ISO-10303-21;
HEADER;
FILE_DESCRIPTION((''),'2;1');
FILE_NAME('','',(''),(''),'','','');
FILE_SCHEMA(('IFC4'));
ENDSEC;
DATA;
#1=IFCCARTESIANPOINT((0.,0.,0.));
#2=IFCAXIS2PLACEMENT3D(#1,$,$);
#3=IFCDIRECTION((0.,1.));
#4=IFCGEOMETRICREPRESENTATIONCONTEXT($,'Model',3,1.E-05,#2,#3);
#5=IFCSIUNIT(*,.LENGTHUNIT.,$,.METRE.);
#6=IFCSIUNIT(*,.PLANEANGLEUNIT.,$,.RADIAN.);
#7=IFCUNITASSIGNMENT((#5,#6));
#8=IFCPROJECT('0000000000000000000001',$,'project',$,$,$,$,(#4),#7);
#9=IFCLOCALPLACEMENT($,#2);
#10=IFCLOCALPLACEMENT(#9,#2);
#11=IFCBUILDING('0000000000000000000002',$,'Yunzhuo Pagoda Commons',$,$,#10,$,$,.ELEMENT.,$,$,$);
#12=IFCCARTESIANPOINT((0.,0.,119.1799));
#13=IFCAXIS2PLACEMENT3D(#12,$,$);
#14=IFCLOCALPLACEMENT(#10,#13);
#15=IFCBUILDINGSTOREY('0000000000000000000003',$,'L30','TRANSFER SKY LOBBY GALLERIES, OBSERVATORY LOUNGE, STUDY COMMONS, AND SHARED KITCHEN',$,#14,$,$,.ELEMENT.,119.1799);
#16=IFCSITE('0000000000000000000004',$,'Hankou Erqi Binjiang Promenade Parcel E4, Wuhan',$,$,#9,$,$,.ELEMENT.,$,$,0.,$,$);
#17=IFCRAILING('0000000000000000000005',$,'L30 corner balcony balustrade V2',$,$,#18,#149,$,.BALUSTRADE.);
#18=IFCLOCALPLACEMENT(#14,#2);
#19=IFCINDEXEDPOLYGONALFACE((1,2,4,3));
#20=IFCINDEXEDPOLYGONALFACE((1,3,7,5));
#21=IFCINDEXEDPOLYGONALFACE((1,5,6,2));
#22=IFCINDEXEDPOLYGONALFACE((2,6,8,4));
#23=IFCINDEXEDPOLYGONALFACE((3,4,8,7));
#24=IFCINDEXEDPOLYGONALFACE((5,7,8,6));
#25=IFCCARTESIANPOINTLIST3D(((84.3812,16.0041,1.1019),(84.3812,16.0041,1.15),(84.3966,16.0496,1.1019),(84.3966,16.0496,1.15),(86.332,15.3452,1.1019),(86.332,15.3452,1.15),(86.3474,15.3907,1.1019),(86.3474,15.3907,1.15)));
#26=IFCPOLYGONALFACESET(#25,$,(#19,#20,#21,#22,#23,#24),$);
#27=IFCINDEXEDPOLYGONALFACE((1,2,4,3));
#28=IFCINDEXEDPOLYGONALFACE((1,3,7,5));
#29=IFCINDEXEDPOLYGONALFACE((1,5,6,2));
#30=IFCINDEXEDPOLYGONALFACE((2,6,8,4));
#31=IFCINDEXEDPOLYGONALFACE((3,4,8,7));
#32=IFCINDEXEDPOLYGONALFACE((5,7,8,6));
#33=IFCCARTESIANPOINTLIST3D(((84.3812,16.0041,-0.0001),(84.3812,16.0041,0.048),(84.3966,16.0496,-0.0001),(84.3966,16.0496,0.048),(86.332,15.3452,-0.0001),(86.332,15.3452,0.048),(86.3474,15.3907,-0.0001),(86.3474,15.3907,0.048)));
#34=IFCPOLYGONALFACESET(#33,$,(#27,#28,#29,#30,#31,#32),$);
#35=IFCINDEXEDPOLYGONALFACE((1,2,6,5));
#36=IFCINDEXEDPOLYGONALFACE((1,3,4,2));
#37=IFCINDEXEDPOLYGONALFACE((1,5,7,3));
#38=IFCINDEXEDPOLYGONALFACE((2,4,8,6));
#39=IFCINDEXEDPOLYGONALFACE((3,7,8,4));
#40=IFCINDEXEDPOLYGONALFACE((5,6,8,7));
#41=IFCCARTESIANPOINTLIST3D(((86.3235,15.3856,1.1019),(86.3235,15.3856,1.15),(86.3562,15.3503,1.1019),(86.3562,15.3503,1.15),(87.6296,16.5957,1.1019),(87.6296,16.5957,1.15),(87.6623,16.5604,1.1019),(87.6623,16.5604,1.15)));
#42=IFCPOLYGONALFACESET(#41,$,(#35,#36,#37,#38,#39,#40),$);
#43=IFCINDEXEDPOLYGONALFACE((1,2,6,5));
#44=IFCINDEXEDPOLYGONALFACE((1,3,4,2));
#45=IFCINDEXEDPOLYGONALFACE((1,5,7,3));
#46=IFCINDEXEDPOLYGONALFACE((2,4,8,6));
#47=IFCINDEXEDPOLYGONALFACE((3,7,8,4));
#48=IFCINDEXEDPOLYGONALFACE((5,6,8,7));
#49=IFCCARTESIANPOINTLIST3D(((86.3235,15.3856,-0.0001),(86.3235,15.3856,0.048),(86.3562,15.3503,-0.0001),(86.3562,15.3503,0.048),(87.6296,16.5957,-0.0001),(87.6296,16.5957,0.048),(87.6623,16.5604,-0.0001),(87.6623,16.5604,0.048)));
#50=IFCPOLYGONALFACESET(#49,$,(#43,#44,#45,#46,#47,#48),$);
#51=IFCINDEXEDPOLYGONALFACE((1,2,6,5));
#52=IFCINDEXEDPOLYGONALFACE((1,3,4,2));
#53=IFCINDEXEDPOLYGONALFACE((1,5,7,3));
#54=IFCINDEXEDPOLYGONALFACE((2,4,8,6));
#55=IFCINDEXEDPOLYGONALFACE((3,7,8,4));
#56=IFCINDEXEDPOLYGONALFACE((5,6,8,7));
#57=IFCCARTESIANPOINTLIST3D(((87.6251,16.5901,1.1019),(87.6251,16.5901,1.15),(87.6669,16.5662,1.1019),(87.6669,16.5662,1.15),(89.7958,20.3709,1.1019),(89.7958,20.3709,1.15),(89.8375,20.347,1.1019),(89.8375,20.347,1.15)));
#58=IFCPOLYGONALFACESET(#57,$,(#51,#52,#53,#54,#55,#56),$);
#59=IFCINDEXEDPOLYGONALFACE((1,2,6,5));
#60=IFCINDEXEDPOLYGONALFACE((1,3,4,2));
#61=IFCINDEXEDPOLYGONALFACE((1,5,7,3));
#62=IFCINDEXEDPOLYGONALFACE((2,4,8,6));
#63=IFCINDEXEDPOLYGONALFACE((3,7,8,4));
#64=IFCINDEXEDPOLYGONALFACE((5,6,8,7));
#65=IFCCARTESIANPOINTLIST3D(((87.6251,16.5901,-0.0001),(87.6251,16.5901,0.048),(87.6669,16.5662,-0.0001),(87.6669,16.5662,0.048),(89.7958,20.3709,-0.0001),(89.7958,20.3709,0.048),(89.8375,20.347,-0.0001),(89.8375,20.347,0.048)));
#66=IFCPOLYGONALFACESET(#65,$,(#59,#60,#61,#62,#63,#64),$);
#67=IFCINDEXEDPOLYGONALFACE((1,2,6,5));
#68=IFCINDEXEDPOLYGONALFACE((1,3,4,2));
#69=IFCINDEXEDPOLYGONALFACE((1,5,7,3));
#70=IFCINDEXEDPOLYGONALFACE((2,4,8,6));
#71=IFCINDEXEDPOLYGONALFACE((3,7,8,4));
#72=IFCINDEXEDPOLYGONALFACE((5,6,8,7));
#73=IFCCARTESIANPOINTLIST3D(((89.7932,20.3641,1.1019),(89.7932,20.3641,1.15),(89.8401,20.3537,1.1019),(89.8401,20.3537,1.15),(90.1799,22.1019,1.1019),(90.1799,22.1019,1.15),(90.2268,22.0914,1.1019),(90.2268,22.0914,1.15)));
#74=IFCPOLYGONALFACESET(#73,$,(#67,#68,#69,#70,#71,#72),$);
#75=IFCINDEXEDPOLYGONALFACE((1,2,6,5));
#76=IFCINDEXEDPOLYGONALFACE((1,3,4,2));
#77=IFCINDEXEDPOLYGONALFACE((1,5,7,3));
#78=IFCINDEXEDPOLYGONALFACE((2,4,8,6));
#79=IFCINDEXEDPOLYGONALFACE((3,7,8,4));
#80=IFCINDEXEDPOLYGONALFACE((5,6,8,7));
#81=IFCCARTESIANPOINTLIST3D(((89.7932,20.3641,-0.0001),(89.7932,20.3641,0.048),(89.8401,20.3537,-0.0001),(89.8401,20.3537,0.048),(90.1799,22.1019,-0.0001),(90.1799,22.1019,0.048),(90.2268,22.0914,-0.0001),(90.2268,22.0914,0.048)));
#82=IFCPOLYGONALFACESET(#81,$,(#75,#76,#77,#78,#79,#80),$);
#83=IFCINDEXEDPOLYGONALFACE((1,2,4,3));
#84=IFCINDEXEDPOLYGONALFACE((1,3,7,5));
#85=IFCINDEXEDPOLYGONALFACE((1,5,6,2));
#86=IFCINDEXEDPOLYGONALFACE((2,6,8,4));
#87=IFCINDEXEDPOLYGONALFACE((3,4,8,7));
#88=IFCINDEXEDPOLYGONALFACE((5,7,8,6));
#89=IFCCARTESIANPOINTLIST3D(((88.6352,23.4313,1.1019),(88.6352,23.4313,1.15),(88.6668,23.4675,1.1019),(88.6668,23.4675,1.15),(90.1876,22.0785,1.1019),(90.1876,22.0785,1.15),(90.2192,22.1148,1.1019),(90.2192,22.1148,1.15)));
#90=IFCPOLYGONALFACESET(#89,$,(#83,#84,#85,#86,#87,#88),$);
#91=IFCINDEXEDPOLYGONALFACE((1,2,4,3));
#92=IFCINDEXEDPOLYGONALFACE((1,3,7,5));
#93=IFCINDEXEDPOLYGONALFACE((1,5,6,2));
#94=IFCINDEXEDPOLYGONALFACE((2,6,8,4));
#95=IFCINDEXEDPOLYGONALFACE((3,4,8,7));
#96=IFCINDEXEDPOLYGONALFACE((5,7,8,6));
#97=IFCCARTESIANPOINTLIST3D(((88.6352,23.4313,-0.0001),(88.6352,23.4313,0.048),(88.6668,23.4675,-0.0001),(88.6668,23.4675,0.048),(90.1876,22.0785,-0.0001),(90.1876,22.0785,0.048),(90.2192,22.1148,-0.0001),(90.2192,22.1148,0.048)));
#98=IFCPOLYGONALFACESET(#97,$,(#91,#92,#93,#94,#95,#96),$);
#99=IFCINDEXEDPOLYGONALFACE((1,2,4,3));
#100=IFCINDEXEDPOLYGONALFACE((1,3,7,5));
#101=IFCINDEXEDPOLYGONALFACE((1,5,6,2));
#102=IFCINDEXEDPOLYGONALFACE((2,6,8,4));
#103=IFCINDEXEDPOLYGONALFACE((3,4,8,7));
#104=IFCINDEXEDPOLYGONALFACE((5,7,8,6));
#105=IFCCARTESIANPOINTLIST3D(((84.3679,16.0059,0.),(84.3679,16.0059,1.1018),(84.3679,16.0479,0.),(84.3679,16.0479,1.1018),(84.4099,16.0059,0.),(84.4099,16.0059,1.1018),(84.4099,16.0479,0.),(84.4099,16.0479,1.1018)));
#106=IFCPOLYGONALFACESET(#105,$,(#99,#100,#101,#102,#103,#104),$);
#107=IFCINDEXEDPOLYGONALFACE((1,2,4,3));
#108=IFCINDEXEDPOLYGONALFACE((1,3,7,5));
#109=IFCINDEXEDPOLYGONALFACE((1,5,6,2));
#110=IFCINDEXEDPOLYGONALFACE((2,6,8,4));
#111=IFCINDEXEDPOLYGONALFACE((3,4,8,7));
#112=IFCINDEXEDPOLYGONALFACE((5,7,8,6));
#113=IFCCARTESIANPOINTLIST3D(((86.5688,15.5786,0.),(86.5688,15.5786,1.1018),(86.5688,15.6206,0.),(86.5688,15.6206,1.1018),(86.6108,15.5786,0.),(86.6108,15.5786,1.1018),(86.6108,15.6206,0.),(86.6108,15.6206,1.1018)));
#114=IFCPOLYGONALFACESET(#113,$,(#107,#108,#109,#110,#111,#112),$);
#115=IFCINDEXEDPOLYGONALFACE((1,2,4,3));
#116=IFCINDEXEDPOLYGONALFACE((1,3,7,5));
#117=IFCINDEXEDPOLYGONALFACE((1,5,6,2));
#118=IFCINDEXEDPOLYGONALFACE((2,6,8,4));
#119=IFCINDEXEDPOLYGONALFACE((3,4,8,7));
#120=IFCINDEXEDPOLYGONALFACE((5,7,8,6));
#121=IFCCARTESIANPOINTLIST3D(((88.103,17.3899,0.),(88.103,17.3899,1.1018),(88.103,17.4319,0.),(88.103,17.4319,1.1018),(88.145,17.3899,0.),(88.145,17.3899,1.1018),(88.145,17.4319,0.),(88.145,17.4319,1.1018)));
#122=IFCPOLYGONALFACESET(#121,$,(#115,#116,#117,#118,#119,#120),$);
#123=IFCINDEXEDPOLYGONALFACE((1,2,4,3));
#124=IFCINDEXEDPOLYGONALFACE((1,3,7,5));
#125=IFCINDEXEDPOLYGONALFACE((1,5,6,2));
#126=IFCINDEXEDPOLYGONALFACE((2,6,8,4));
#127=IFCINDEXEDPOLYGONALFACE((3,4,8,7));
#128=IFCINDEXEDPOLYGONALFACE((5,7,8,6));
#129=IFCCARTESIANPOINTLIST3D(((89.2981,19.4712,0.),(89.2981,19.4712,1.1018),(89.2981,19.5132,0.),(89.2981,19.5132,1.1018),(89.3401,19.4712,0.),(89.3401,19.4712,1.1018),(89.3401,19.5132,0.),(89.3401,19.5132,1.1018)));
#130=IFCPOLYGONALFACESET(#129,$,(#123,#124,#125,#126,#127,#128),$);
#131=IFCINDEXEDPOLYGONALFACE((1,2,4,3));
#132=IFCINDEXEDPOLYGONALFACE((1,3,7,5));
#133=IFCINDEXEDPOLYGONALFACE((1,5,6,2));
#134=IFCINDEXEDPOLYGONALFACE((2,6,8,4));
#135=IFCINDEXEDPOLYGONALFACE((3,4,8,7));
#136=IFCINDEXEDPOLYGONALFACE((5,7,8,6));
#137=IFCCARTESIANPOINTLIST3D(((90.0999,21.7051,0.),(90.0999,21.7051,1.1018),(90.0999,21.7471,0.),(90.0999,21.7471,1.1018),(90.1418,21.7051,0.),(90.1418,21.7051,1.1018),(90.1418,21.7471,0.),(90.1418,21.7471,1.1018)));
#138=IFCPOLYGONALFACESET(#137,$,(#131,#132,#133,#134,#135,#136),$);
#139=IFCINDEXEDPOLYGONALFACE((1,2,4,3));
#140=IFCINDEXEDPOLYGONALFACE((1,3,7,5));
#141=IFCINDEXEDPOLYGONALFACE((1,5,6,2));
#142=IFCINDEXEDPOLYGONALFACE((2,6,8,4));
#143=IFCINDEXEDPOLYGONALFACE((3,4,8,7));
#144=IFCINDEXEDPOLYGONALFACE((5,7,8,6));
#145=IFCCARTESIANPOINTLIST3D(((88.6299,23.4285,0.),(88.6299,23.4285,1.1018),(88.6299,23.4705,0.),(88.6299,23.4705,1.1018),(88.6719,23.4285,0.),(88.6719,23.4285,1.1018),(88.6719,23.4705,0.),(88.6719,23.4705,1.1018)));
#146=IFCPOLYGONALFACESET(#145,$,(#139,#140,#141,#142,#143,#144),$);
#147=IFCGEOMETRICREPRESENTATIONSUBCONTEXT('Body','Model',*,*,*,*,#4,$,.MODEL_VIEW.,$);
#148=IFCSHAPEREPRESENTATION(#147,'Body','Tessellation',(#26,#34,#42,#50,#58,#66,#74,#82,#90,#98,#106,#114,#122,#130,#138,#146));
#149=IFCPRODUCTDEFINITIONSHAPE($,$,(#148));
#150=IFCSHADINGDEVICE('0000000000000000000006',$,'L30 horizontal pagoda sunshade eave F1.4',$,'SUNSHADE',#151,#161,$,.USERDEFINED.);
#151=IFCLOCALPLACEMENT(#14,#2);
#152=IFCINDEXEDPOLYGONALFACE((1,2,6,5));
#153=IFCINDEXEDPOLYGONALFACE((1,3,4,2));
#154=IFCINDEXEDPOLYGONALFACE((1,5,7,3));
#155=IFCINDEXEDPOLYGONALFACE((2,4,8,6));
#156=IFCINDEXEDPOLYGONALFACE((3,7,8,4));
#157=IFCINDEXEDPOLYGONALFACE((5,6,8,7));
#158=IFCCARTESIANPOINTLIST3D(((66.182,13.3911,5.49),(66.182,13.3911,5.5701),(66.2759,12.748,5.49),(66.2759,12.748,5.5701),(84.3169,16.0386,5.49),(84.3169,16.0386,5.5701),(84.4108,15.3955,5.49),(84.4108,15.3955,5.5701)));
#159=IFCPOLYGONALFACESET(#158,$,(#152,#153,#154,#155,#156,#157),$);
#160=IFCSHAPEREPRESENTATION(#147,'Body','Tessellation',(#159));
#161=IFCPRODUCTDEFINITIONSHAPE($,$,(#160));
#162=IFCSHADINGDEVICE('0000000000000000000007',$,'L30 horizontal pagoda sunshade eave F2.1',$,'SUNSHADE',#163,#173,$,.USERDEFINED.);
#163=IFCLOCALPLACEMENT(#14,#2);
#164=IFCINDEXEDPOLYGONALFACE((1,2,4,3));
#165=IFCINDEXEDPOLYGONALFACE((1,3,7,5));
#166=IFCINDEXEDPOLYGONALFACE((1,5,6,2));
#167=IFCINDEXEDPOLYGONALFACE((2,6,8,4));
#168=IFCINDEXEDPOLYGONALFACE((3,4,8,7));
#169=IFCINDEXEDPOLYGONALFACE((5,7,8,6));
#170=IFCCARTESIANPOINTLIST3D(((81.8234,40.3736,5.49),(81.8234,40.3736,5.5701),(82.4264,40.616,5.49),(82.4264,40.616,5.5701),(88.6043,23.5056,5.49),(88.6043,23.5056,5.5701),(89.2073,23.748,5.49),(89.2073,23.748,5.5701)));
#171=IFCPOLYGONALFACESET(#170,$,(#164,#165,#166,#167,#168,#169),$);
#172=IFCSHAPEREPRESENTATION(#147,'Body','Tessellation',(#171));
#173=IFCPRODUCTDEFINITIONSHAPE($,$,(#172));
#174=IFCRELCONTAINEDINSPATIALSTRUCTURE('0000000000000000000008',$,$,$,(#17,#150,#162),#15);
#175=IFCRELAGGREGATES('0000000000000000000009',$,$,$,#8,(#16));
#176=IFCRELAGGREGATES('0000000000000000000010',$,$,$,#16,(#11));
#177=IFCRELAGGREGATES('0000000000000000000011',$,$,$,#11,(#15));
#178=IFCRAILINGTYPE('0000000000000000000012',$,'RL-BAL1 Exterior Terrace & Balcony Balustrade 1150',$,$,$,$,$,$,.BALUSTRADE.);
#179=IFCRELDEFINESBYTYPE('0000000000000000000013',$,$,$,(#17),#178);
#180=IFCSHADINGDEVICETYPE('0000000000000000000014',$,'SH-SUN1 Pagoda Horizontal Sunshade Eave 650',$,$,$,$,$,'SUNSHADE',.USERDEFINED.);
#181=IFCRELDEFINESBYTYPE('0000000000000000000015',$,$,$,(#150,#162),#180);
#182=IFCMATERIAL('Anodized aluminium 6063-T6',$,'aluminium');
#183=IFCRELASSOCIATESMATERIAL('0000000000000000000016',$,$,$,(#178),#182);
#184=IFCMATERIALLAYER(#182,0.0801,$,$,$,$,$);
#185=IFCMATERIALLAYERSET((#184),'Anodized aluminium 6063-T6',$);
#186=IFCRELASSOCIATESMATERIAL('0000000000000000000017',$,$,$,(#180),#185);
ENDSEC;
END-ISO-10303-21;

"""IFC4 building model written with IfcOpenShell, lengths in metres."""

from ifc_helpers import new_model, si_unit, direction, frame, origin, origin_2d, place, context, subcontext, project, spatial, rectangle, extrude, source, transform, mapped, material, layer, layer_set, type_object, element, save


model = new_model("IFC4")

# Units and contexts
model_context = context("Model", 3, precision=1e-05, world=origin(), true_north=direction((0.0, 1.0)))
body_context = subcontext(model_context, "Body", "Model", "MODEL_VIEW")
ifc_project = project(units=[si_unit("LENGTHUNIT", "METRE"), si_unit("PLANEANGLEUNIT", "RADIAN")], contexts=[model_context])

# Site, building, storey
site_placement = place(None, origin())
site = spatial("IfcSite", under=ifc_project, at=site_placement, Name="Hankou Erqi Binjiang Promenade Parcel E4, Wuhan", CompositionType="ELEMENT", RefElevation=0.0)
building_placement = place(site_placement, origin())
building = spatial("IfcBuilding", under=site, at=building_placement, Name="Yunzhuo Pagoda Commons", CompositionType="ELEMENT")
storey_placement = place(building_placement, frame((0.0, 0.0, 119.1799)))
storey = spatial("IfcBuildingStorey", under=building, at=storey_placement, Name="L30", Description="TRANSFER SKY LOBBY GALLERIES, OBSERVATORY LOUNGE, STUDY COMMONS, AND SHARED KITCHEN", CompositionType="ELEMENT", Elevation=119.1799)

# Shared definitions
ifc_material_1 = material(Name="Anodized aluminium 6063-T6", Category="aluminium")

# Railing
railing_type_1 = type_object("IfcRailingType", Name="RL-BAL1 Exterior Terrace & Balcony Balustrade 1150", PredefinedType="BALUSTRADE", material=ifc_material_1)
railing_1_placement = place(storey_placement, frame((84.3889, 16.0269, 0.0)))
element("IfcRailing", 1, at=railing_1_placement, inside=storey, type_object=railing_type_1, Name="L30 corner balcony balustrade V2", PredefinedType="BALUSTRADE", context=body_context, shape_type="SweptSolid", body=[
    extrude(rectangle(XDim=0.0481, YDim=0.0481, at=origin_2d()), frame((0.0, 0.0, 1.126), z_axis=(0.947419, -0.319996, 0.0), x_axis=(0.319996, 0.947419, 0.0)), (0.0, 0.0, 1.0), 2.0591),
    extrude(rectangle(XDim=0.0481, YDim=0.0481, at=origin_2d()), frame((0.0, 0.0, 0.0239), z_axis=(0.947419, -0.319996, 0.0), x_axis=(0.319996, 0.947419, 0.0)), (0.0, 0.0, 1.0), 2.0591),
    extrude(rectangle(XDim=0.0481, YDim=0.0481, at=origin_2d()), frame((1.9509, -0.6589, 1.126), z_axis=(0.733535, 0.679651, 0.0), x_axis=(-0.679651, 0.733535, 0.0)), (0.0, 0.0, 1.0), 1.7805),
    extrude(rectangle(XDim=0.0481, YDim=0.0481, at=origin_2d()), frame((1.9509, -0.6589, 0.0239), z_axis=(0.733535, 0.679651, 0.0), x_axis=(-0.679651, 0.733535, 0.0)), (0.0, 0.0, 1.0), 1.7805),
    extrude(rectangle(XDim=0.0481, YDim=0.0481, at=origin_2d()), frame((3.2571, 0.5513, 1.126), z_axis=(0.497905, 0.867232, 0.0), x_axis=(-0.867232, 0.497905, 0.0)), (0.0, 0.0, 1.0), 4.3596),
    extrude(rectangle(XDim=0.0481, YDim=0.0481, at=origin_2d()), frame((3.2571, 0.5513, 0.0239), z_axis=(0.497905, 0.867232, 0.0), x_axis=(-0.867232, 0.497905, 0.0)), (0.0, 0.0, 1.0), 4.3596),
    extrude(rectangle(XDim=0.0481, YDim=0.0481, at=origin_2d()), frame((5.4277, 4.332, 1.126), z_axis=(0.217221, 0.976122, 0.0), x_axis=(-0.976122, 0.217221, 0.0)), (0.0, 0.0, 1.0), 1.7803),
    extrude(rectangle(XDim=0.0481, YDim=0.0481, at=origin_2d()), frame((5.4277, 4.332, 0.0239), z_axis=(0.217221, 0.976122, 0.0), x_axis=(-0.976122, 0.217221, 0.0)), (0.0, 0.0, 1.0), 1.7803),
    extrude(rectangle(XDim=0.0481, YDim=0.0481, at=origin_2d()), frame((5.8145, 6.0698, 1.126), z_axis=(-0.753934, 0.65695, 0.0), x_axis=(-0.65695, -0.753934, 0.0)), (0.0, 0.0, 1.0), 2.0591),
    extrude(rectangle(XDim=0.0481, YDim=0.0481, at=origin_2d()), frame((5.8145, 6.0698, 0.0239), z_axis=(-0.753934, 0.65695, 0.0), x_axis=(-0.65695, -0.753934, 0.0)), (0.0, 0.0, 1.0), 2.0591),
    extrude(rectangle(XDim=0.042, YDim=0.042, at=origin_2d()), origin(), (0.0, 0.0, 1.0), 1.1018),
    extrude(rectangle(XDim=0.042, YDim=0.042, at=origin_2d()), frame((2.2009, -0.4272, 0.0)), (0.0, 0.0, 1.0), 1.1018),
    extrude(rectangle(XDim=0.042, YDim=0.042, at=origin_2d()), frame((3.7351, 1.384, 0.0)), (0.0, 0.0, 1.0), 1.1018),
    extrude(rectangle(XDim=0.042, YDim=0.042, at=origin_2d()), frame((4.9302, 3.4653, 0.0)), (0.0, 0.0, 1.0), 1.1018),
    extrude(rectangle(XDim=0.042, YDim=0.042, at=origin_2d()), frame((5.7319, 5.6992, 0.0)), (0.0, 0.0, 1.0), 1.1018),
    extrude(rectangle(XDim=0.042, YDim=0.042, at=origin_2d()), frame((4.262, 7.4226, 0.0)), (0.0, 0.0, 1.0), 1.1018),
])

# Shading devices
ifc_layer_1 = layer(ifc_material_1, 0.0801)
ifc_layer_set_1 = layer_set([ifc_layer_1], Name="Anodized aluminium 6063-T6")
shading_device_type = type_object("IfcShadingDeviceType", Name="SH-SUN1 Pagoda Horizontal Sunshade Eave 650", ElementType="SUNSHADE", PredefinedType="USERDEFINED", material=ifc_layer_set_1)
shared_shape_1 = source(origin(), body_context, "Body", "SweptSolid", [
    extrude(rectangle(XDim=18.3271, YDim=0.6499, at=origin_2d()), origin(), (0.0, 0.0, 1.0), 0.0801),
])
shading_device_1_placement = place(storey_placement, frame((75.2964, 14.3933, 5.49), z_axis=(0.0, 0.0, 1.0), x_axis=(0.989511, 0.14446, 0.0)))
element("IfcShadingDevice", 2, at=shading_device_1_placement, inside=storey, type_object=shading_device_type, Name="L30 horizontal pagoda sunshade eave F1.4", ObjectType="SUNSHADE", PredefinedType="USERDEFINED", context=body_context, shape_type="MappedRepresentation", body=[
    mapped(shared_shape_1, transform((0.0, 0.0, 0.0), scale=1.0)),
])
shared_shape_2 = source(origin(), body_context, "Body", "SweptSolid", [
    extrude(rectangle(XDim=18.1799, YDim=0.6499, at=origin_2d()), origin(), (0.0, 0.0, 1.0), 0.0801),
])
shading_device_2_placement = place(storey_placement, frame((85.5154, 32.0608, 5.49), z_axis=(0.0, 0.0, 1.0), x_axis=(-0.372988, 0.927836, 0.0)))
element("IfcShadingDevice", 3, at=shading_device_2_placement, inside=storey, type_object=shading_device_type, Name="L30 horizontal pagoda sunshade eave F2.1", ObjectType="SUNSHADE", PredefinedType="USERDEFINED", context=body_context, shape_type="MappedRepresentation", body=[
    mapped(shared_shape_2, transform((0.0, 0.0, 0.0), scale=1.0)),
])

save(model, "model.ifc")
